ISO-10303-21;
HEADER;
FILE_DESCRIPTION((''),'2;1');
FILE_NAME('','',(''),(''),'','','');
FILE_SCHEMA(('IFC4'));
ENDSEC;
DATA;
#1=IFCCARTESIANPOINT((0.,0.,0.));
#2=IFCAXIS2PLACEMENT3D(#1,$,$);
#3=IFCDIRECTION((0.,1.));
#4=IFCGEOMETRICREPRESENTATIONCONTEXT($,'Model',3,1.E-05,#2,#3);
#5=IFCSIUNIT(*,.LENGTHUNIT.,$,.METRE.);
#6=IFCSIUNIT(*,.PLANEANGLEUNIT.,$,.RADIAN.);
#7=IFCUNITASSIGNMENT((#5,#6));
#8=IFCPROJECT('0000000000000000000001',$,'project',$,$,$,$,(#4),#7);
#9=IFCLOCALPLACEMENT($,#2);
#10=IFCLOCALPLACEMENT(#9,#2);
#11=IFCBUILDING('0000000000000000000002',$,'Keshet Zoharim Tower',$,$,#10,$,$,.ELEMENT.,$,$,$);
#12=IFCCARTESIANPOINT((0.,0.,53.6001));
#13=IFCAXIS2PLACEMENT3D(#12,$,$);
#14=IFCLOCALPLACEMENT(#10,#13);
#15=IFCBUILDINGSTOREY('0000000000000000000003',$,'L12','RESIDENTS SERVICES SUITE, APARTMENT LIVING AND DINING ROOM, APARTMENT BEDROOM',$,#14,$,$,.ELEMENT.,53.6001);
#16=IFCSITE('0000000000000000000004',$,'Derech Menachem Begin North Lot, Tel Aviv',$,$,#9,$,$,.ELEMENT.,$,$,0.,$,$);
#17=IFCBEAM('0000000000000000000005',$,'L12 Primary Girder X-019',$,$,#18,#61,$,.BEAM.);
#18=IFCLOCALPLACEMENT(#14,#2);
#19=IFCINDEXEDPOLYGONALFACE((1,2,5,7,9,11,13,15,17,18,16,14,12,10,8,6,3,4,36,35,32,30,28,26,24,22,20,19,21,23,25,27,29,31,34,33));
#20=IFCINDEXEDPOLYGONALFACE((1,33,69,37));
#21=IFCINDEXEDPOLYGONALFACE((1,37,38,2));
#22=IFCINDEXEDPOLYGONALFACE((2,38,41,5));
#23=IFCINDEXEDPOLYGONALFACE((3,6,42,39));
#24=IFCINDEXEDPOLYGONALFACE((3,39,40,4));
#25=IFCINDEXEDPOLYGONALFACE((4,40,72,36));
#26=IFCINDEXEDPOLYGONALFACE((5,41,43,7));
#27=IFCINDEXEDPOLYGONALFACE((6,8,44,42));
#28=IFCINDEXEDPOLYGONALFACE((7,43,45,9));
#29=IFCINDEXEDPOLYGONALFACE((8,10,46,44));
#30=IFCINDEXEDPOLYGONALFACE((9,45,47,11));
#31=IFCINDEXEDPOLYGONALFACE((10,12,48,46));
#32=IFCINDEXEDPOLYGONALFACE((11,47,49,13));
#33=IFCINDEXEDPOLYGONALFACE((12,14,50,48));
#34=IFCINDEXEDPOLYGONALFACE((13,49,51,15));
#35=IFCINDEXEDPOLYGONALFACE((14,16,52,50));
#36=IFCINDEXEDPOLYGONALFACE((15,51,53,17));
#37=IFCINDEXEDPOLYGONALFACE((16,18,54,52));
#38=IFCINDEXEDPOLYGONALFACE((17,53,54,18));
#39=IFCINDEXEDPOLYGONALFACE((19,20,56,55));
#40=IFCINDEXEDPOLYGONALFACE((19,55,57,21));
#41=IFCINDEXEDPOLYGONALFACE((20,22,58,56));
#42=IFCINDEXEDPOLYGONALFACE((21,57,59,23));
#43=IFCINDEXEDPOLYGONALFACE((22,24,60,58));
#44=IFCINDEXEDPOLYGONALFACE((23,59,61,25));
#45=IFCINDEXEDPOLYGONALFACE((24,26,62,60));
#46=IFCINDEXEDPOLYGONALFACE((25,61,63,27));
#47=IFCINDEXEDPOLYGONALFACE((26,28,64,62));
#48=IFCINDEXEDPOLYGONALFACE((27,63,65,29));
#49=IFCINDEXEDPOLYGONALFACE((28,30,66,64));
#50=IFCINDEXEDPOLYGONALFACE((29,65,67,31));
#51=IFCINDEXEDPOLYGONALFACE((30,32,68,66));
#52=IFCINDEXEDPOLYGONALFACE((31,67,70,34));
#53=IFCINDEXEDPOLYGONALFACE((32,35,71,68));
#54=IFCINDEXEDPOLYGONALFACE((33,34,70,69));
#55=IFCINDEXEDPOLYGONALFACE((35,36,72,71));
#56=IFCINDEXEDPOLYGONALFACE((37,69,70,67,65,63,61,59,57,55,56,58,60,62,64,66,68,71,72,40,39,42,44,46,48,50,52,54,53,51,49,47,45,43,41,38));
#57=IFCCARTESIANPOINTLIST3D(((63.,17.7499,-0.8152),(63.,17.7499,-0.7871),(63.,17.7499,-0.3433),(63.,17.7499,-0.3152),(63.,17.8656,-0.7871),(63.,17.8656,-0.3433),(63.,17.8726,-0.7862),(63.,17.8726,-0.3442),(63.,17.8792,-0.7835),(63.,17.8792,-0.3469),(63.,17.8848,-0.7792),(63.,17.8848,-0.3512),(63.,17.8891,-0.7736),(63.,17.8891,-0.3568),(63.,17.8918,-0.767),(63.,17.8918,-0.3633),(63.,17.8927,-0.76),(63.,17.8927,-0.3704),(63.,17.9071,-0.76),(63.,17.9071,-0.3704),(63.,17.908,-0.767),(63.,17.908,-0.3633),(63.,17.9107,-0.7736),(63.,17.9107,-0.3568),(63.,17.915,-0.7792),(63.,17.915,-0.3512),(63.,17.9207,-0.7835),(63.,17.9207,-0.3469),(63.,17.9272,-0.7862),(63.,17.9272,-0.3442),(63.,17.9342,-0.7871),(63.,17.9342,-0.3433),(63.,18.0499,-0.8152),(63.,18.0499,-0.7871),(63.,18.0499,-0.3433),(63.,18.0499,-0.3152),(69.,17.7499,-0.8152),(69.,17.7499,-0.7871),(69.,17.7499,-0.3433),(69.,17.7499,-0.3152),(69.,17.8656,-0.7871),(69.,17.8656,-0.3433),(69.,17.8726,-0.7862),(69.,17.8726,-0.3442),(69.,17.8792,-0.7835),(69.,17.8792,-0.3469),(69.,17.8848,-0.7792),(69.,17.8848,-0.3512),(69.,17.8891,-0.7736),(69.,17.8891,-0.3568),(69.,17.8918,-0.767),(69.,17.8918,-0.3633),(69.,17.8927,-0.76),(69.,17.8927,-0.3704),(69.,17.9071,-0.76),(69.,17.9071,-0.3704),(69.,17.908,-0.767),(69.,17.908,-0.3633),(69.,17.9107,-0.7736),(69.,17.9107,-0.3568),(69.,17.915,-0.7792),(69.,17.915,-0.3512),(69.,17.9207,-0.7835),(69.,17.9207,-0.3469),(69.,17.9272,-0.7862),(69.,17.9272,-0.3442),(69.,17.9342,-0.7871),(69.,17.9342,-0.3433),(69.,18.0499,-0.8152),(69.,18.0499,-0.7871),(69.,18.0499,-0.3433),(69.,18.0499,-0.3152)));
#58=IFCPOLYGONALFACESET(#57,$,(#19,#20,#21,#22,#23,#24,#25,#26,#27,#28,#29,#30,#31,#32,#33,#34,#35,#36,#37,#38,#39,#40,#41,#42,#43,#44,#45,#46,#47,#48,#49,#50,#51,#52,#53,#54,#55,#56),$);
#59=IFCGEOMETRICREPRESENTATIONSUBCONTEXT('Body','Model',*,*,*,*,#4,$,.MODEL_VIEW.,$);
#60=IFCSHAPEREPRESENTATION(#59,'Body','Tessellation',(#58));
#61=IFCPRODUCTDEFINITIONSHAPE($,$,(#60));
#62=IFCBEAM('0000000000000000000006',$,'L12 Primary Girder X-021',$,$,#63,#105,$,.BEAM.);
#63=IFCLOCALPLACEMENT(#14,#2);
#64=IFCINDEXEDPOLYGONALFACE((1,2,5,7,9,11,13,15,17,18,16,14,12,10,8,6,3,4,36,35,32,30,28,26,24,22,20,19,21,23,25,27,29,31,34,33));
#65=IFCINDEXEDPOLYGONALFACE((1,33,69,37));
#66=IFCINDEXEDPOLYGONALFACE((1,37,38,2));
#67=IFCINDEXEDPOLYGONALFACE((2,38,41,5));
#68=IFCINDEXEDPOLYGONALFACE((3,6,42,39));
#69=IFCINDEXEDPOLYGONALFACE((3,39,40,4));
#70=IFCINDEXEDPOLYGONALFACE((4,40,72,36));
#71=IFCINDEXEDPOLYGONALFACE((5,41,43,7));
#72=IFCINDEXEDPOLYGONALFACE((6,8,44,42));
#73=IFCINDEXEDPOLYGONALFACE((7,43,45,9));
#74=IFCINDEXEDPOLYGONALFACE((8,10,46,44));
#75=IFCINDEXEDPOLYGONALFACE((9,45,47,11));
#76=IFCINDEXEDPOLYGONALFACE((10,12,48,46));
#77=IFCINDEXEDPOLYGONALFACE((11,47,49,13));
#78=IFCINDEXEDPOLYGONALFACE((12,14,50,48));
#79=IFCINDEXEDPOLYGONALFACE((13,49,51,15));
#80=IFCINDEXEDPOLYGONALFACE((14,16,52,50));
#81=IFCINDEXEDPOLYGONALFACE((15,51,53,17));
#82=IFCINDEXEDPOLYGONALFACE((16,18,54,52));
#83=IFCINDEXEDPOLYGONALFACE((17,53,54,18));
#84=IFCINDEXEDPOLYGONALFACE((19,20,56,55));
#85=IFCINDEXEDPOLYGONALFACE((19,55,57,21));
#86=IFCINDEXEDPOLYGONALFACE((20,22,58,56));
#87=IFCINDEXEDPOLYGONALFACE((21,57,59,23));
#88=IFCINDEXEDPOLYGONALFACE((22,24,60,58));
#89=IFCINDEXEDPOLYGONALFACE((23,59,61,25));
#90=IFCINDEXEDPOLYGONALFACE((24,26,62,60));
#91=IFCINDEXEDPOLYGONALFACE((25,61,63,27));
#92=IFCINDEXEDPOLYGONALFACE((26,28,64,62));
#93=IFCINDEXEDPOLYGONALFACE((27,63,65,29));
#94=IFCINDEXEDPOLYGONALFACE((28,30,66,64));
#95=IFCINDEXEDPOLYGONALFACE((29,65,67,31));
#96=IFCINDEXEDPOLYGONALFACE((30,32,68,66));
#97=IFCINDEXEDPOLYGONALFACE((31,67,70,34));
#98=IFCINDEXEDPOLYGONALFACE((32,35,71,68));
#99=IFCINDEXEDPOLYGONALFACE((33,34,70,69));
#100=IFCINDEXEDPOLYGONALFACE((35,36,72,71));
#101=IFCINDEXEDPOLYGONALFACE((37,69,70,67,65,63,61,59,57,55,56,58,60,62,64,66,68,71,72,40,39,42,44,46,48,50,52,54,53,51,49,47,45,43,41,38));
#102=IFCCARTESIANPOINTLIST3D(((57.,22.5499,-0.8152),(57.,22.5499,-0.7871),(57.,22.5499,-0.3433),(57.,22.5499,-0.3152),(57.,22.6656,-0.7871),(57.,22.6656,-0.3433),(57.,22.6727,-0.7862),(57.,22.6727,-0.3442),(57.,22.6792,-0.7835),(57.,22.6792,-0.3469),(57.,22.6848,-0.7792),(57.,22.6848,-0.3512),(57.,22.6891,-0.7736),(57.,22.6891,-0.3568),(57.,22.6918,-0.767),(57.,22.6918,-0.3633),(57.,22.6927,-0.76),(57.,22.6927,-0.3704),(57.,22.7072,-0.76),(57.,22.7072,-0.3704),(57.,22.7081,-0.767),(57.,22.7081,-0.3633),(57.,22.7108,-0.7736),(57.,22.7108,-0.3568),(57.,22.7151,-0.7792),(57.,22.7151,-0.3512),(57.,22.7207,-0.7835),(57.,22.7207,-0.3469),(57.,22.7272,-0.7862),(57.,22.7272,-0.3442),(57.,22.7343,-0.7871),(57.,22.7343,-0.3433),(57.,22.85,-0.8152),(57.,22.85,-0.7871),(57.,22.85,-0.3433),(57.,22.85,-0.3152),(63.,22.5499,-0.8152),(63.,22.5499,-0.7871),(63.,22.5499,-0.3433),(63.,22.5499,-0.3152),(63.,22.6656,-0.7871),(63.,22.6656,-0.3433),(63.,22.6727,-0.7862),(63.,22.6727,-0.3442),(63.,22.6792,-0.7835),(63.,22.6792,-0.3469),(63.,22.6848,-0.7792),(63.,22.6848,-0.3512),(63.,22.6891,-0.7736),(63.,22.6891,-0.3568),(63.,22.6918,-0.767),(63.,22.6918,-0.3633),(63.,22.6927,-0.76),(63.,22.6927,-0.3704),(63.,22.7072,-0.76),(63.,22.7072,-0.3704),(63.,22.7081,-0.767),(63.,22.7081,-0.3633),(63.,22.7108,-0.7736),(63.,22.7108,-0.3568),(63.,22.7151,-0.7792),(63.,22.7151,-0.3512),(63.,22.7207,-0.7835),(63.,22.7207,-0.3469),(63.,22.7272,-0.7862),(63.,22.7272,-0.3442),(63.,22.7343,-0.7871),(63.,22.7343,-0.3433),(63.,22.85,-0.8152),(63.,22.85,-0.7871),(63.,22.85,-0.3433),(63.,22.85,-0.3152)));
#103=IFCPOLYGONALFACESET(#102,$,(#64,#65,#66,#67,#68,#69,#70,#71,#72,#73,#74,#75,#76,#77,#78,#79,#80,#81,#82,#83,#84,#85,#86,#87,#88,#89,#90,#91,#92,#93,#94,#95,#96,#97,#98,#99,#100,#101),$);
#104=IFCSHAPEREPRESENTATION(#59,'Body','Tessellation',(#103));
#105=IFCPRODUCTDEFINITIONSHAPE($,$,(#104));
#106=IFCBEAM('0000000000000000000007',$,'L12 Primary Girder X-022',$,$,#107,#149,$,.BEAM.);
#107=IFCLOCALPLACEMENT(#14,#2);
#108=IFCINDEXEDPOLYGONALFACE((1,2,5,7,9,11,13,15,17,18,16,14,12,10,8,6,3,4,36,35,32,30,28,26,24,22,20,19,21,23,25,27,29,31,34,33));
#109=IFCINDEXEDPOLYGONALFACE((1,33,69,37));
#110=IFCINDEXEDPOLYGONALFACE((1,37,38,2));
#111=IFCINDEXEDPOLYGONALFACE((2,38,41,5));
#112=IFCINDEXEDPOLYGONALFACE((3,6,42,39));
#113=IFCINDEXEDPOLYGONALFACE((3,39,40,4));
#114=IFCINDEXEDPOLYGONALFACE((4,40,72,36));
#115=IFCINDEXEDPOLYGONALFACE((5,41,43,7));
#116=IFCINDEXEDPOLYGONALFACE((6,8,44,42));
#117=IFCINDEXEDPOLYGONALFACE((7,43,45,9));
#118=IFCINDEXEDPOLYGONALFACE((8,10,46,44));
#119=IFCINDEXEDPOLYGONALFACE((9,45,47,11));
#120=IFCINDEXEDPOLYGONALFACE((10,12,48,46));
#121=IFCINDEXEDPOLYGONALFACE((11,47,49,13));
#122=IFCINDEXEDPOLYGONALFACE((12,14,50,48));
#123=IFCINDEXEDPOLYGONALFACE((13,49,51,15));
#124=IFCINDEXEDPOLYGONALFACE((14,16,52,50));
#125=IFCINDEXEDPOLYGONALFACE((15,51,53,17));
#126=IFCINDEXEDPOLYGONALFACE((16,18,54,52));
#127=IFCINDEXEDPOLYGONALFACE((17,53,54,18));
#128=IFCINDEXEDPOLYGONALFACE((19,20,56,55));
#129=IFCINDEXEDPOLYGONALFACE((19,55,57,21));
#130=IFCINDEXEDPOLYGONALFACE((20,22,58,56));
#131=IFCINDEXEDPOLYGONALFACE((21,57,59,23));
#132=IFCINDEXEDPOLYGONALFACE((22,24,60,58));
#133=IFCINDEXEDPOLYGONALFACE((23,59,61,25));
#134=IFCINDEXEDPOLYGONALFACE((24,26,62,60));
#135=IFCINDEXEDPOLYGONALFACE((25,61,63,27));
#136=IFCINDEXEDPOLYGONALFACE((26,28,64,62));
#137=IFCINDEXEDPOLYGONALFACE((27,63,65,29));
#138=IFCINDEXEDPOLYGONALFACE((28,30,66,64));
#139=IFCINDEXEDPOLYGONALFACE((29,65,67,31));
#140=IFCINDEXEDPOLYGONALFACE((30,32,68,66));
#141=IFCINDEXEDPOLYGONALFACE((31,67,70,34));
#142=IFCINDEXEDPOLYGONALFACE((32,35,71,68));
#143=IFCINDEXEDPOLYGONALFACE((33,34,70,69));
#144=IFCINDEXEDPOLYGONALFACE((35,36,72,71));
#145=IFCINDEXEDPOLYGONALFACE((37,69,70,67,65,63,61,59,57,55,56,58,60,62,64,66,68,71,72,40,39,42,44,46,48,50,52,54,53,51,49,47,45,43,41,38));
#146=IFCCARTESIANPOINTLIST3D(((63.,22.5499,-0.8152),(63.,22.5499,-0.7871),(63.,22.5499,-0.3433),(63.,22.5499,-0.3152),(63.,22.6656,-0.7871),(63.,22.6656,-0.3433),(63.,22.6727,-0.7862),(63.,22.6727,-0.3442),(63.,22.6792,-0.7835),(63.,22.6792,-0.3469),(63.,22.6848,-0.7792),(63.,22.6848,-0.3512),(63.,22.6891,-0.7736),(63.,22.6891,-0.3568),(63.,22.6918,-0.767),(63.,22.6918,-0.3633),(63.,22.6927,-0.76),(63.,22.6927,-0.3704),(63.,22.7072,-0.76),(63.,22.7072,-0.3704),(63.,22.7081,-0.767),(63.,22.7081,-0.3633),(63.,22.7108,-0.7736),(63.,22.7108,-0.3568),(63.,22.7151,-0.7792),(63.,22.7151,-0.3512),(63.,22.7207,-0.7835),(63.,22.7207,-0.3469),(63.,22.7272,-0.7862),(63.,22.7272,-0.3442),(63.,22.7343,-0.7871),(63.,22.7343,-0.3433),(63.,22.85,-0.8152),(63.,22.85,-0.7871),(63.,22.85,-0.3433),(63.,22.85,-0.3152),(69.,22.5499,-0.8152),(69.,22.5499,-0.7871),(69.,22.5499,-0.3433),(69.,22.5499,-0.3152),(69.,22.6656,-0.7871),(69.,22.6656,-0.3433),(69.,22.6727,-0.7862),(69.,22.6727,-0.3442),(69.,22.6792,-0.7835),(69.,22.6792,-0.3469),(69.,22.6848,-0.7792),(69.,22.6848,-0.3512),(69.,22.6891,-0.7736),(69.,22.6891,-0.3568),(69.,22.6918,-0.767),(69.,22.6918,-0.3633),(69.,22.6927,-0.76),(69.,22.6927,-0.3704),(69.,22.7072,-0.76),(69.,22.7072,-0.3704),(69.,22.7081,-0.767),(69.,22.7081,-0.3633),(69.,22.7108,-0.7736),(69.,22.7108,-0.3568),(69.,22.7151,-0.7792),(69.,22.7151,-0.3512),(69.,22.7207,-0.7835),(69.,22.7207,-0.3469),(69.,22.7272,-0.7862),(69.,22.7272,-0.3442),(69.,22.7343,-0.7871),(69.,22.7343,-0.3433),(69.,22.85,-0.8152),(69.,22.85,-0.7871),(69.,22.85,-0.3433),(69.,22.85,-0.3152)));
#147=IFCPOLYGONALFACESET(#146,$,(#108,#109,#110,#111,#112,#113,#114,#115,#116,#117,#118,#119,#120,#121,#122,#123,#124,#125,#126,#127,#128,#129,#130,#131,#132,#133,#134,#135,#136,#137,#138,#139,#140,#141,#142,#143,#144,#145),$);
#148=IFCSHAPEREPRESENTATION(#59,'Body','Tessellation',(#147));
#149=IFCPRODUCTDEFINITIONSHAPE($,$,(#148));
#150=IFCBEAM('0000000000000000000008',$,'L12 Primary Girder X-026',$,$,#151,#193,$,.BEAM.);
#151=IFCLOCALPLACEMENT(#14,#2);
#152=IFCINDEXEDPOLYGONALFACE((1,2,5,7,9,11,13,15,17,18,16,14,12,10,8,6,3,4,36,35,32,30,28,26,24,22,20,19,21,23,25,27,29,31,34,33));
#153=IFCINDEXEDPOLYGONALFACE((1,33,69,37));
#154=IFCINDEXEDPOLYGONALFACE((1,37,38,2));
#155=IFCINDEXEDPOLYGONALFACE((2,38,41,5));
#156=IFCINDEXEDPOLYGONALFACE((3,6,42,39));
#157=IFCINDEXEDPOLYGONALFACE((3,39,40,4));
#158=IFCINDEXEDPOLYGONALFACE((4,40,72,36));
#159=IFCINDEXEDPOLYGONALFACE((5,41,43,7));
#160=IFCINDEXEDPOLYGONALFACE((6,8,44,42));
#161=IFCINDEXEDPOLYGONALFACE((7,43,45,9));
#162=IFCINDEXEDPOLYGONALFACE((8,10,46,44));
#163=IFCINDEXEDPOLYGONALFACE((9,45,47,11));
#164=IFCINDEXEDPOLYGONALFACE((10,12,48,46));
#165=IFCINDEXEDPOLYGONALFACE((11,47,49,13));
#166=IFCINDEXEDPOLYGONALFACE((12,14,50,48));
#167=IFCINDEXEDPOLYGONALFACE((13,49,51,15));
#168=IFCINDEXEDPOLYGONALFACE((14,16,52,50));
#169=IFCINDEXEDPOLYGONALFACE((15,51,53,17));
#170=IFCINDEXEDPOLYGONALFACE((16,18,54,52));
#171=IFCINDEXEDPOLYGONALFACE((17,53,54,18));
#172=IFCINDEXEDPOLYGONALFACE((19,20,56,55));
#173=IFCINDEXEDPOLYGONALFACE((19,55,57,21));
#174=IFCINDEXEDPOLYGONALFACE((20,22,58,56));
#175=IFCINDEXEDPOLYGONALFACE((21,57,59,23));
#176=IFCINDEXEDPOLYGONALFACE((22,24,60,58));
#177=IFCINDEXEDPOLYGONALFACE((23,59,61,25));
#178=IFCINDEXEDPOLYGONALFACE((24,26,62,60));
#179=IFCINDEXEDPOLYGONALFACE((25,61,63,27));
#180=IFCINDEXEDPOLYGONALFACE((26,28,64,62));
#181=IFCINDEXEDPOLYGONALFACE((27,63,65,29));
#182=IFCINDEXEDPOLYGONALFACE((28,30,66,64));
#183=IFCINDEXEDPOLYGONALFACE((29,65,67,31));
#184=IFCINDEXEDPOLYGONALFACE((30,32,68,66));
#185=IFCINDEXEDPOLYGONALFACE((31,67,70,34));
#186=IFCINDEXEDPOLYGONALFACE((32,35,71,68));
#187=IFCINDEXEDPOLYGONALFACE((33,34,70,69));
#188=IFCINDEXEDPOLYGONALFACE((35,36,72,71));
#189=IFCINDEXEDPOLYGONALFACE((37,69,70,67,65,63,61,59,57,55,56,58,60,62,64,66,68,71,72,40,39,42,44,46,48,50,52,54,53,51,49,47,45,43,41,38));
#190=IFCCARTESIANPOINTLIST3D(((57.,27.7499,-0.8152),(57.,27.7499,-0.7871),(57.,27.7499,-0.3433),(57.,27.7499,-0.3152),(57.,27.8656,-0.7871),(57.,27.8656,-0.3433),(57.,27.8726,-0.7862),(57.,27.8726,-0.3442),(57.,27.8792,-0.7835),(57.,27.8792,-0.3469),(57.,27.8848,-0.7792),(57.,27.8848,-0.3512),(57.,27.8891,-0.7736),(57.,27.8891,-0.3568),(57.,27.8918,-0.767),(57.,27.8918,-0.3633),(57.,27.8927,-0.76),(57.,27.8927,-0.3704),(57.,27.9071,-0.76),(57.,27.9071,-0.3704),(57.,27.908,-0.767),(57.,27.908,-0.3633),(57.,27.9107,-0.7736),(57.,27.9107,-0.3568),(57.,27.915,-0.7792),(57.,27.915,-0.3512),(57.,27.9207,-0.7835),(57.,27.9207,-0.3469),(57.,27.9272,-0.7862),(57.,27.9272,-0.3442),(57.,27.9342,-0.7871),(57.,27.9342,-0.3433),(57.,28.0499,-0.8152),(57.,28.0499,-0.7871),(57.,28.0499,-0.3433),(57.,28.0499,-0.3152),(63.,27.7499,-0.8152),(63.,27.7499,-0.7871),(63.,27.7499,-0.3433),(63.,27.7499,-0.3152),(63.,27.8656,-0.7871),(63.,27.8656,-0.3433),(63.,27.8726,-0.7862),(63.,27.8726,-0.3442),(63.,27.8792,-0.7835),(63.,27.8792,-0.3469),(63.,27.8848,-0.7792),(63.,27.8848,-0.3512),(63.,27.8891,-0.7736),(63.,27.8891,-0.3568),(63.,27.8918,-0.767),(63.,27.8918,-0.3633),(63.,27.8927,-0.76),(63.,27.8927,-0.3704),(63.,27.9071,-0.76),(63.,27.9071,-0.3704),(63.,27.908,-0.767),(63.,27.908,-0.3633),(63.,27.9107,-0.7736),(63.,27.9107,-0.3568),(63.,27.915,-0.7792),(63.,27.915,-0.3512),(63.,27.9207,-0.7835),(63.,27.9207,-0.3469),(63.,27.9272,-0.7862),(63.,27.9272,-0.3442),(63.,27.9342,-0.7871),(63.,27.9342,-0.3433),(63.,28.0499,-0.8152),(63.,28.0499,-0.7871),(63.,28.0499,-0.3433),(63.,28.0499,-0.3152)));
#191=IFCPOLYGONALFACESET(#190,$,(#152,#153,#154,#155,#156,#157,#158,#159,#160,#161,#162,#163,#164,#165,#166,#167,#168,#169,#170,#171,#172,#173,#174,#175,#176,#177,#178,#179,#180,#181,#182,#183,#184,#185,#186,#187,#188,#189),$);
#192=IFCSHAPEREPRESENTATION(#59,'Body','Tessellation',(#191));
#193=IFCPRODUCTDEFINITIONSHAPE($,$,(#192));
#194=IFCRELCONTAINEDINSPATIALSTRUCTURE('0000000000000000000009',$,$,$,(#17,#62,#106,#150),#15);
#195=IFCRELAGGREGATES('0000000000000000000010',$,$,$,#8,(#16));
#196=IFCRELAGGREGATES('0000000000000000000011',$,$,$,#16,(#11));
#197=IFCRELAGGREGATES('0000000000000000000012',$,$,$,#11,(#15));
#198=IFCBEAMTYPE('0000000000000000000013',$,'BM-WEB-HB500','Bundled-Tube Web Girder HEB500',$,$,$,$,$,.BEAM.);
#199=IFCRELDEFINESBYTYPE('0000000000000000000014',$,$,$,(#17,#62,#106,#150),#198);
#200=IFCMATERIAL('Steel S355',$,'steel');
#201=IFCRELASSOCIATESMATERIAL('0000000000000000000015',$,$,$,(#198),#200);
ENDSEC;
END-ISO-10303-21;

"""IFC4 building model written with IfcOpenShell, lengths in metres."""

from ifc_helpers import new_model, si_unit, direction, frame, origin, origin_2d, place, context, subcontext, project, spatial, i_section, extrude, material, material_profile, profile_set, type_object, element, save


model = new_model("IFC4")

# Units and contexts
model_context = context("Model", 3, precision=1e-05, world=origin(), true_north=direction((0.0, 1.0)))
body_context = subcontext(model_context, "Body", "Model", "MODEL_VIEW")
ifc_project = project(units=[si_unit("LENGTHUNIT", "METRE"), si_unit("PLANEANGLEUNIT", "RADIAN")], contexts=[model_context])

# Site, building, storey
site_placement = place(None, origin())
site = spatial("IfcSite", under=ifc_project, at=site_placement, Name="Derech Menachem Begin North Lot, Tel Aviv", CompositionType="ELEMENT", RefElevation=0.0)
building_placement = place(site_placement, origin())
building = spatial("IfcBuilding", under=site, at=building_placement, Name="Keshet Zoharim Tower", CompositionType="ELEMENT")
storey_placement = place(building_placement, frame((0.0, 0.0, 53.6001)))
storey = spatial("IfcBuildingStorey", under=building, at=storey_placement, Name="L12", Description="RESIDENTS SERVICES SUITE, APARTMENT LIVING AND DINING ROOM, APARTMENT BEDROOM", CompositionType="ELEMENT", Elevation=53.6001)

# Shared definitions
ifc_material_1 = material(Name="Steel S355", Category="steel")

# Beams
ifc_material_profile_1 = material_profile(ifc_material_1, i_section(OverallWidth=0.3, OverallDepth=0.5, WebThickness=0.0144, FlangeThickness=0.0281, FilletRadius=0.0271, at=origin_2d()), Name="HEB500")
ifc_profile_set_1 = profile_set([ifc_material_profile_1], Name="Steel S355")
beam_type_1 = type_object("IfcBeamType", Name="BM-WEB-HB500", Description="Bundled-Tube Web Girder HEB500", PredefinedType="BEAM", material=ifc_profile_set_1)
for number, where, z_axis, x_axis, name in (
    (1, (63.0, 17.8999, -0.5652), (1.0, 0.0, 0.0), (0.0, 1.0, 0.0), "L12 Primary Girder X-019"),
    (2, (57.0, 22.7, -0.5652), (1.0, 0.0, 0.0), (0.0, 1.0, 0.0), "L12 Primary Girder X-021"),
    (3, (63.0, 22.7, -0.5652), (1.0, 0.0, 0.0), (0.0, 1.0, 0.0), "L12 Primary Girder X-022"),
    (4, (57.0, 27.8999, -0.5652), (1.0, 0.0, 0.0), (0.0, 1.0, 0.0), "L12 Primary Girder X-026"),
):
    element("IfcBeam", number, at=place(storey_placement, frame(where, z_axis=z_axis, x_axis=x_axis)), inside=storey, type_object=beam_type_1, Name=name, PredefinedType="BEAM", context=body_context, shape_type="SweptSolid", body=[
        extrude(i_section(OverallWidth=0.3, OverallDepth=0.5, WebThickness=0.0144, FlangeThickness=0.0281, FilletRadius=0.0271, at=origin_2d()), origin(), (0.0, 0.0, 1.0), 6.0),
    ])

save(model, "model.ifc")
